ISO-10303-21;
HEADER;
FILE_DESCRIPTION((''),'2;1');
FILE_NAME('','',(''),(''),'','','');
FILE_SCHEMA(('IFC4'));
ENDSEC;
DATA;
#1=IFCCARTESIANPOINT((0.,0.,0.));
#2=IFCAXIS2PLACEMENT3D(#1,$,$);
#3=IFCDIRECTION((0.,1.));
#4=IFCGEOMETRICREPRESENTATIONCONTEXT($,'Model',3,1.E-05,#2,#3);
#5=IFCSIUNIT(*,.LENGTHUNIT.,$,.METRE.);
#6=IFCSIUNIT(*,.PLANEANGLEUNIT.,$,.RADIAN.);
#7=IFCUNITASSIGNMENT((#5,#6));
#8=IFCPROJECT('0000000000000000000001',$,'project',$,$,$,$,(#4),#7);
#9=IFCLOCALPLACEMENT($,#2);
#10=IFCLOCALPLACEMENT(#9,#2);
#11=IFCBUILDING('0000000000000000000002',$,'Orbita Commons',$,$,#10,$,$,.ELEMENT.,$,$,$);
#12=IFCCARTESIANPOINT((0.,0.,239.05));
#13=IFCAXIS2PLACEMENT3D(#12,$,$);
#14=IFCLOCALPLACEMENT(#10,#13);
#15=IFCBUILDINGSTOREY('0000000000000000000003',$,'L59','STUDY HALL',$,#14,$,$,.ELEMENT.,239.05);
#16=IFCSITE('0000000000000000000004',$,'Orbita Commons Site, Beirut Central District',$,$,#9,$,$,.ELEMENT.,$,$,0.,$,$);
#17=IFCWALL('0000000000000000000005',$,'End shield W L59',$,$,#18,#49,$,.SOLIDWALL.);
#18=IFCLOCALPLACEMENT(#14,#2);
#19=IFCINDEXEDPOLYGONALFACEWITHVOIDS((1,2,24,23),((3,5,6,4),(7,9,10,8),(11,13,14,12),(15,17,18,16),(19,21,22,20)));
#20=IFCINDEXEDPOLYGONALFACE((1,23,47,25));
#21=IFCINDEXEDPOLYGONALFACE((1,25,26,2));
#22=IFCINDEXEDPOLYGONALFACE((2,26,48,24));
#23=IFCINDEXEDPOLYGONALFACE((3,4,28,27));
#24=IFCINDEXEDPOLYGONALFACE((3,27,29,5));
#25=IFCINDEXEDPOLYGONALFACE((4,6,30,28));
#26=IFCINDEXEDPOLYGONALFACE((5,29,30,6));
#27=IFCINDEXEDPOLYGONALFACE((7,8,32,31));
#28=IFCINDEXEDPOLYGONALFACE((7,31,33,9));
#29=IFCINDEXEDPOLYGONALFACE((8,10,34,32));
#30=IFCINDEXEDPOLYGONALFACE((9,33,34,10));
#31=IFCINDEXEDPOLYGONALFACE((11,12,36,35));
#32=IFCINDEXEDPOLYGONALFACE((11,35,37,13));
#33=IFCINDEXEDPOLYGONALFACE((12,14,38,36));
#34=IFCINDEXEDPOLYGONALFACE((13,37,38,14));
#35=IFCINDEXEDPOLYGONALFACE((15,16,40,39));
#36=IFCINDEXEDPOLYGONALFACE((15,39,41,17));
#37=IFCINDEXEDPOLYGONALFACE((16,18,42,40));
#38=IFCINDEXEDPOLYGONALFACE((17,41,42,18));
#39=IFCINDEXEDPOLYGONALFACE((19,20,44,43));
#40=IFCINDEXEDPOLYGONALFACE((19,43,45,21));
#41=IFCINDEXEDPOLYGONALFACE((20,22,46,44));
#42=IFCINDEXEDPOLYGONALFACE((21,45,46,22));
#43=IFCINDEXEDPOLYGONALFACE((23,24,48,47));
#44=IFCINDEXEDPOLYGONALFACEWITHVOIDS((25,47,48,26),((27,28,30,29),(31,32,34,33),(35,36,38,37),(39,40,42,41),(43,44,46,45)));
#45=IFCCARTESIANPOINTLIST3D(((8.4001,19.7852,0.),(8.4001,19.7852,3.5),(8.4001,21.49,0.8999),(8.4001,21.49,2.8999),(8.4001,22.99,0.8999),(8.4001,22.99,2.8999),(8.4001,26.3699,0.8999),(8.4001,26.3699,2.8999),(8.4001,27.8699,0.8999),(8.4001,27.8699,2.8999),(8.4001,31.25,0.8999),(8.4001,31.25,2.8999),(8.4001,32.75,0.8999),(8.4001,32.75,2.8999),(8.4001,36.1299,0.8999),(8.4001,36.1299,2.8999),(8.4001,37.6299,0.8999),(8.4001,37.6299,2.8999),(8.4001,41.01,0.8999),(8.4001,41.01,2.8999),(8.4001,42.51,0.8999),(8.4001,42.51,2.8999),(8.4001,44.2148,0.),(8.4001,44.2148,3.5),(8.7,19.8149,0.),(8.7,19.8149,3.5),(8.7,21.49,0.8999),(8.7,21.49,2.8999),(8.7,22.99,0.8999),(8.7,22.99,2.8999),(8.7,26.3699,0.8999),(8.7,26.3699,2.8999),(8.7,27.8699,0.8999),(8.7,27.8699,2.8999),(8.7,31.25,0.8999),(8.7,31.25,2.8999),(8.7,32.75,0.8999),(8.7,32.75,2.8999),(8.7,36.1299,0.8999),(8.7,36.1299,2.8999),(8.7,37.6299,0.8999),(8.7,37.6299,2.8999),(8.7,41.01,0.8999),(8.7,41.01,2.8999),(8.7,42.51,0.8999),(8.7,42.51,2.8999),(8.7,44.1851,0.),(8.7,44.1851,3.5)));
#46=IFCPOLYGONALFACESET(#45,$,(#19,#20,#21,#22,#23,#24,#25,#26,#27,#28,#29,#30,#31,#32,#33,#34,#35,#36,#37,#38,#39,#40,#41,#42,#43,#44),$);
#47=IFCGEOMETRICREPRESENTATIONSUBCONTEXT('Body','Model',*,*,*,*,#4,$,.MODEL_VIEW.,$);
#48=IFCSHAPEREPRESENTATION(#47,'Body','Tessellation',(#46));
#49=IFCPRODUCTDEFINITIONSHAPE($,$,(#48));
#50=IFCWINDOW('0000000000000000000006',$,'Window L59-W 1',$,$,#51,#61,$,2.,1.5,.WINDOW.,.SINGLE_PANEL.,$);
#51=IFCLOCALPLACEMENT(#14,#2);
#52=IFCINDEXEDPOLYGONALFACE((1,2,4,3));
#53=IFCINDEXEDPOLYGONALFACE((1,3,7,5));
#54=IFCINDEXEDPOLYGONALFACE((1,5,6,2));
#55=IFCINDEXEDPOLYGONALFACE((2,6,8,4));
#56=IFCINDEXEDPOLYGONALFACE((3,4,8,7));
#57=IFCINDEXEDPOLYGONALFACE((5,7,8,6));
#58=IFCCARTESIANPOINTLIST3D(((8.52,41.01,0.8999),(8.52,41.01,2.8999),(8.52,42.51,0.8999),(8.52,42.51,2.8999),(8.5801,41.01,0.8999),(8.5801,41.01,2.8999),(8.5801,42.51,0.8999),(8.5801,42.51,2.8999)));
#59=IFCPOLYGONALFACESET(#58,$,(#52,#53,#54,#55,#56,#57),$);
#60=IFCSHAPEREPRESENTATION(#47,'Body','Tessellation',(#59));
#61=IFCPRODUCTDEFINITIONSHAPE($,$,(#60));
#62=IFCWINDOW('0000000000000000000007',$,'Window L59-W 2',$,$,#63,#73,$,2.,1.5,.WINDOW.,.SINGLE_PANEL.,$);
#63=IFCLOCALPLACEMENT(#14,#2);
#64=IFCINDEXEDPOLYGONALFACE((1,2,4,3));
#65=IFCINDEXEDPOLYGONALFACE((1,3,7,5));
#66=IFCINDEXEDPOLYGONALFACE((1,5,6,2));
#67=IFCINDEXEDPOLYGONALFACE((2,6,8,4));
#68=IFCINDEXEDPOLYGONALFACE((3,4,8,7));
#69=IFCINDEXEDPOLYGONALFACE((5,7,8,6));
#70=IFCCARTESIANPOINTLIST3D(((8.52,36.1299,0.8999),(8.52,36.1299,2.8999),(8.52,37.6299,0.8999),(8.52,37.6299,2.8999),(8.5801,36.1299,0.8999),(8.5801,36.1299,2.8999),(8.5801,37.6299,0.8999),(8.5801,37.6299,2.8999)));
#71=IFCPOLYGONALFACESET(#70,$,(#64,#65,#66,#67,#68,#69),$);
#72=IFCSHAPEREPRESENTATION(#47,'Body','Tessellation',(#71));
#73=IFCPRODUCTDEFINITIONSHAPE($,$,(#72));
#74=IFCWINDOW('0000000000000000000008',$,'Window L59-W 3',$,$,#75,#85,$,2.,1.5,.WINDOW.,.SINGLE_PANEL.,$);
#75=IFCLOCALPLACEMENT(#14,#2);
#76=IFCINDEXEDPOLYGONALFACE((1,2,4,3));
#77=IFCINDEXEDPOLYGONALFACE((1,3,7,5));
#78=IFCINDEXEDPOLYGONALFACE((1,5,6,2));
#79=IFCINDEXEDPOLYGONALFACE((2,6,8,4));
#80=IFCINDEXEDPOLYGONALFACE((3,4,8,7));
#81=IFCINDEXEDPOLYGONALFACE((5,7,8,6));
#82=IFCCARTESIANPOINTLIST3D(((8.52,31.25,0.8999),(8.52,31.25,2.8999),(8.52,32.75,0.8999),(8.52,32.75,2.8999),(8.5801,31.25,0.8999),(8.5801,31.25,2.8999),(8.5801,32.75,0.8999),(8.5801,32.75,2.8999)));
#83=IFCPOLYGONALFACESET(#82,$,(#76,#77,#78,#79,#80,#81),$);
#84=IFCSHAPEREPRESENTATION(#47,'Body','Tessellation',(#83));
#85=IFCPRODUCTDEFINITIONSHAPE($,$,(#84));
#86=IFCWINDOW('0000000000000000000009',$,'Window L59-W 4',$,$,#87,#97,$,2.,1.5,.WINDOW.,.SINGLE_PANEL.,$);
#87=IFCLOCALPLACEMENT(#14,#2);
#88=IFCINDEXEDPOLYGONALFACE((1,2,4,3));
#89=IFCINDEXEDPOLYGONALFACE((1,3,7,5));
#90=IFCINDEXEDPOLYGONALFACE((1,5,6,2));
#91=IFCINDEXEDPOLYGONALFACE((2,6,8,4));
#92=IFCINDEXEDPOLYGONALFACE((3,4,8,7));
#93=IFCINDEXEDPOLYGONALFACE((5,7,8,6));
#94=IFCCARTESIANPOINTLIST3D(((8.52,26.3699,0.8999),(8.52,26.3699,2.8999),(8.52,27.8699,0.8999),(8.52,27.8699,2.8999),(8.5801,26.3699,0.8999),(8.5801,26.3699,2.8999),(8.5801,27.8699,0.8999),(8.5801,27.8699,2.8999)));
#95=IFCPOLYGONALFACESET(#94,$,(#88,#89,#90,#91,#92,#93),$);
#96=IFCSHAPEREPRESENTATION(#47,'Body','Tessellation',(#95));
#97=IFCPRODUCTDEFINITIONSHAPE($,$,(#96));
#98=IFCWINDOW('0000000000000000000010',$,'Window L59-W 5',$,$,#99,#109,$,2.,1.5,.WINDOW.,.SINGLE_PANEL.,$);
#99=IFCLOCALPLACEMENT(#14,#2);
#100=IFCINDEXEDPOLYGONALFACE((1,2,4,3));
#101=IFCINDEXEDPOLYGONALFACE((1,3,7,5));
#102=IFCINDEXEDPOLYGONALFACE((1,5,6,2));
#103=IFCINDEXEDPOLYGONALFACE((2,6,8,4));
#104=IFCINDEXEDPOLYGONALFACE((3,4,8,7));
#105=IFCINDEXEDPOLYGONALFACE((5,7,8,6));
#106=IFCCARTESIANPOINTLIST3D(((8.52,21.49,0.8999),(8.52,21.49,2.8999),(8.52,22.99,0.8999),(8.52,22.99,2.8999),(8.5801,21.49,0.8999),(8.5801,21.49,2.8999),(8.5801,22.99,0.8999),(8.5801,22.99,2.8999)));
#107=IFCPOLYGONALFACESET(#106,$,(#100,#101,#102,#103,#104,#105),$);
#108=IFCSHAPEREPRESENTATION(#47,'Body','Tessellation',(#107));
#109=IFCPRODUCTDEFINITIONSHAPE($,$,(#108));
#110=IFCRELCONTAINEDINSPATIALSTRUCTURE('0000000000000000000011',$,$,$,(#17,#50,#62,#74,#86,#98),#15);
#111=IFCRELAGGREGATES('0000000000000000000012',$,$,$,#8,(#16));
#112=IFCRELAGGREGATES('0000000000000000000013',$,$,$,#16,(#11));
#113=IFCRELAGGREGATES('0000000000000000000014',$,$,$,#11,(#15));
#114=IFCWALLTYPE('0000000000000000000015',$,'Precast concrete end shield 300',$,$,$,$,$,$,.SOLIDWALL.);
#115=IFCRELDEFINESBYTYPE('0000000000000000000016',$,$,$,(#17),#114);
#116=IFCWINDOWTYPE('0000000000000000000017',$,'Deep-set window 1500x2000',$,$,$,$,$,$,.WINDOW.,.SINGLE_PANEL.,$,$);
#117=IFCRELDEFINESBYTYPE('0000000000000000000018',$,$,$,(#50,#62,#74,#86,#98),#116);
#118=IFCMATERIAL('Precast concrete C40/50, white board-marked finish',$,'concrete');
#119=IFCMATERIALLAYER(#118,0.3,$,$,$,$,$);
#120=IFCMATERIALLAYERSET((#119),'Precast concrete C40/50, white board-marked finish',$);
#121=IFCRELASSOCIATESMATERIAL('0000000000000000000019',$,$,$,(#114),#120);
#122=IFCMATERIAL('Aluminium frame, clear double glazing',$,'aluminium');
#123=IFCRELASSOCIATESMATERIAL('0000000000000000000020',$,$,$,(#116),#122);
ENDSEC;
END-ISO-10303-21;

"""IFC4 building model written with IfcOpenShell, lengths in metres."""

from ifc_helpers import new_model, si_unit, direction, frame, frame_2d, origin, place, context, subcontext, project, spatial, polyline, rectangle, outline, extrude, material, layer, layer_set, type_object, element, fill, save


model = new_model("IFC4")

# Units and contexts
model_context = context("Model", 3, precision=1e-05, world=origin(), true_north=direction((0.0, 1.0)))
body_context = subcontext(model_context, "Body", "Model", "MODEL_VIEW")
ifc_project = project(units=[si_unit("LENGTHUNIT", "METRE"), si_unit("PLANEANGLEUNIT", "RADIAN")], contexts=[model_context])

# Site, building, storey
site_placement = place(None, origin())
site = spatial("IfcSite", under=ifc_project, at=site_placement, Name="Orbita Commons Site, Beirut Central District", CompositionType="ELEMENT", RefElevation=0.0)
building_placement = place(site_placement, origin())
building = spatial("IfcBuilding", under=site, at=building_placement, Name="Orbita Commons", CompositionType="ELEMENT")
storey_placement = place(building_placement, frame((0.0, 0.0, 239.05)))
storey = spatial("IfcBuildingStorey", under=building, at=storey_placement, Name="L59", Description="STUDY HALL", CompositionType="ELEMENT", Elevation=239.05)

# Wall, openings, windows
ifc_material_1 = material(Name="Precast concrete C40/50, white board-marked finish", Category="concrete")
ifc_layer_1 = layer(ifc_material_1, 0.3)
ifc_layer_set_1 = layer_set([ifc_layer_1], Name="Precast concrete C40/50, white board-marked finish")
wall_type_1 = type_object("IfcWallType", Name="Precast concrete end shield 300", PredefinedType="SOLIDWALL", material=ifc_layer_set_1)
wall_1_placement = place(storey_placement, frame((8.55, 44.2, 0.0), z_axis=(0.0, 0.0, 1.0), x_axis=(0.0, -1.0, 0.0)))
wall_1 = element("IfcWall", 1, at=wall_1_placement, inside=storey, type_object=wall_type_1, Name="End shield W L59", PredefinedType="SOLIDWALL", context=body_context, shape_type="SweptSolid", body=[
    extrude(outline(polyline([(-0.0149, -0.1499), (24.4148, -0.1499), (24.385, 0.1499), (0.0149, 0.1499), (-0.0149, -0.1499)])), origin(), (0.0, 0.0, 1.0), 3.5),
])
opening_1_placement = place(wall_1_placement, frame((1.6899, 0.0, 0.8999)))
opening_1 = element("IfcOpeningElement", 2, at=opening_1_placement, cuts=wall_1, PredefinedType="OPENING", context=body_context, shape_type="SweptSolid", body=[
    extrude(rectangle(XDim=1.5, YDim=2.0, at=frame_2d((0.75, 1.0))), frame((0.0, 0.1599, 0.0), z_axis=(0.0, -1.0, 0.0), x_axis=(1.0, 0.0, 0.0)), (0.0, 0.0, 1.0), 0.3201),
])
opening_2_placement = place(wall_1_placement, frame((6.5701, 0.0, 0.8999)))
opening_2 = element("IfcOpeningElement", 3, at=opening_2_placement, cuts=wall_1, PredefinedType="OPENING", context=body_context, shape_type="SweptSolid", body=[
    extrude(rectangle(XDim=1.5, YDim=2.0, at=frame_2d((0.75, 1.0))), frame((0.0, 0.1599, 0.0), z_axis=(0.0, -1.0, 0.0), x_axis=(1.0, 0.0, 0.0)), (0.0, 0.0, 1.0), 0.3201),
])
opening_3_placement = place(wall_1_placement, frame((11.45, 0.0, 0.8999)))
opening_3 = element("IfcOpeningElement", 4, at=opening_3_placement, cuts=wall_1, PredefinedType="OPENING", context=body_context, shape_type="SweptSolid", body=[
    extrude(rectangle(XDim=1.5, YDim=2.0, at=frame_2d((0.75, 1.0))), frame((0.0, 0.1599, 0.0), z_axis=(0.0, -1.0, 0.0), x_axis=(1.0, 0.0, 0.0)), (0.0, 0.0, 1.0), 0.3201),
])
opening_4_placement = place(wall_1_placement, frame((16.3301, 0.0, 0.8999)))
opening_4 = element("IfcOpeningElement", 5, at=opening_4_placement, cuts=wall_1, PredefinedType="OPENING", context=body_context, shape_type="SweptSolid", body=[
    extrude(rectangle(XDim=1.5, YDim=2.0, at=frame_2d((0.75, 1.0))), frame((0.0, 0.1599, 0.0), z_axis=(0.0, -1.0, 0.0), x_axis=(1.0, 0.0, 0.0)), (0.0, 0.0, 1.0), 0.3201),
])
opening_5_placement = place(wall_1_placement, frame((21.21, 0.0, 0.8999)))
opening_5 = element("IfcOpeningElement", 6, at=opening_5_placement, cuts=wall_1, PredefinedType="OPENING", context=body_context, shape_type="SweptSolid", body=[
    extrude(rectangle(XDim=1.5, YDim=2.0, at=frame_2d((0.75, 1.0))), frame((0.0, 0.1599, 0.0), z_axis=(0.0, -1.0, 0.0), x_axis=(1.0, 0.0, 0.0)), (0.0, 0.0, 1.0), 0.3201),
])
ifc_material_2 = material(Name="Aluminium frame, clear double glazing", Category="aluminium")
window_type = type_object("IfcWindowType", Name="Deep-set window 1500x2000", PartitioningType="SINGLE_PANEL", PredefinedType="WINDOW", material=ifc_material_2)
window_1_placement = place(opening_1_placement, origin())
window_1 = element("IfcWindow", 7, at=window_1_placement, inside=storey, type_object=window_type, Name="Window L59-W 1", OverallHeight=2.0, OverallWidth=1.5, PartitioningType="SINGLE_PANEL", PredefinedType="WINDOW", context=body_context, shape_type="SweptSolid", body=[
    extrude(rectangle(XDim=1.5, YDim=2.0, at=frame_2d((0.75, 1.0))), frame((0.0, 0.03, 0.0), z_axis=(0.0, -1.0, 0.0), x_axis=(1.0, 0.0, 0.0)), (0.0, 0.0, 1.0), 0.0601),
])
fill(opening_1, window_1)
window_2_placement = place(opening_2_placement, origin())
window_2 = element("IfcWindow", 8, at=window_2_placement, inside=storey, type_object=window_type, Name="Window L59-W 2", OverallHeight=2.0, OverallWidth=1.5, PartitioningType="SINGLE_PANEL", PredefinedType="WINDOW", context=body_context, shape_type="SweptSolid", body=[
    extrude(rectangle(XDim=1.5, YDim=2.0, at=frame_2d((0.75, 1.0))), frame((0.0, 0.03, 0.0), z_axis=(0.0, -1.0, 0.0), x_axis=(1.0, 0.0, 0.0)), (0.0, 0.0, 1.0), 0.0601),
])
fill(opening_2, window_2)
window_3_placement = place(opening_3_placement, origin())
window_3 = element("IfcWindow", 9, at=window_3_placement, inside=storey, type_object=window_type, Name="Window L59-W 3", OverallHeight=2.0, OverallWidth=1.5, PartitioningType="SINGLE_PANEL", PredefinedType="WINDOW", context=body_context, shape_type="SweptSolid", body=[
    extrude(rectangle(XDim=1.5, YDim=2.0, at=frame_2d((0.75, 1.0))), frame((0.0, 0.03, 0.0), z_axis=(0.0, -1.0, 0.0), x_axis=(1.0, 0.0, 0.0)), (0.0, 0.0, 1.0), 0.0601),
])
fill(opening_3, window_3)
window_4_placement = place(opening_4_placement, origin())
window_4 = element("IfcWindow", 10, at=window_4_placement, inside=storey, type_object=window_type, Name="Window L59-W 4", OverallHeight=2.0, OverallWidth=1.5, PartitioningType="SINGLE_PANEL", PredefinedType="WINDOW", context=body_context, shape_type="SweptSolid", body=[
    extrude(rectangle(XDim=1.5, YDim=2.0, at=frame_2d((0.75, 1.0))), frame((0.0, 0.03, 0.0), z_axis=(0.0, -1.0, 0.0), x_axis=(1.0, 0.0, 0.0)), (0.0, 0.0, 1.0), 0.0601),
])
fill(opening_4, window_4)
window_5_placement = place(opening_5_placement, origin())
window_5 = element("IfcWindow", 11, at=window_5_placement, inside=storey, type_object=window_type, Name="Window L59-W 5", OverallHeight=2.0, OverallWidth=1.5, PartitioningType="SINGLE_PANEL", PredefinedType="WINDOW", context=body_context, shape_type="SweptSolid", body=[
    extrude(rectangle(XDim=1.5, YDim=2.0, at=frame_2d((0.75, 1.0))), frame((0.0, 0.03, 0.0), z_axis=(0.0, -1.0, 0.0), x_axis=(1.0, 0.0, 0.0)), (0.0, 0.0, 1.0), 0.0601),
])
fill(opening_5, window_5)

save(model, "model.ifc")
